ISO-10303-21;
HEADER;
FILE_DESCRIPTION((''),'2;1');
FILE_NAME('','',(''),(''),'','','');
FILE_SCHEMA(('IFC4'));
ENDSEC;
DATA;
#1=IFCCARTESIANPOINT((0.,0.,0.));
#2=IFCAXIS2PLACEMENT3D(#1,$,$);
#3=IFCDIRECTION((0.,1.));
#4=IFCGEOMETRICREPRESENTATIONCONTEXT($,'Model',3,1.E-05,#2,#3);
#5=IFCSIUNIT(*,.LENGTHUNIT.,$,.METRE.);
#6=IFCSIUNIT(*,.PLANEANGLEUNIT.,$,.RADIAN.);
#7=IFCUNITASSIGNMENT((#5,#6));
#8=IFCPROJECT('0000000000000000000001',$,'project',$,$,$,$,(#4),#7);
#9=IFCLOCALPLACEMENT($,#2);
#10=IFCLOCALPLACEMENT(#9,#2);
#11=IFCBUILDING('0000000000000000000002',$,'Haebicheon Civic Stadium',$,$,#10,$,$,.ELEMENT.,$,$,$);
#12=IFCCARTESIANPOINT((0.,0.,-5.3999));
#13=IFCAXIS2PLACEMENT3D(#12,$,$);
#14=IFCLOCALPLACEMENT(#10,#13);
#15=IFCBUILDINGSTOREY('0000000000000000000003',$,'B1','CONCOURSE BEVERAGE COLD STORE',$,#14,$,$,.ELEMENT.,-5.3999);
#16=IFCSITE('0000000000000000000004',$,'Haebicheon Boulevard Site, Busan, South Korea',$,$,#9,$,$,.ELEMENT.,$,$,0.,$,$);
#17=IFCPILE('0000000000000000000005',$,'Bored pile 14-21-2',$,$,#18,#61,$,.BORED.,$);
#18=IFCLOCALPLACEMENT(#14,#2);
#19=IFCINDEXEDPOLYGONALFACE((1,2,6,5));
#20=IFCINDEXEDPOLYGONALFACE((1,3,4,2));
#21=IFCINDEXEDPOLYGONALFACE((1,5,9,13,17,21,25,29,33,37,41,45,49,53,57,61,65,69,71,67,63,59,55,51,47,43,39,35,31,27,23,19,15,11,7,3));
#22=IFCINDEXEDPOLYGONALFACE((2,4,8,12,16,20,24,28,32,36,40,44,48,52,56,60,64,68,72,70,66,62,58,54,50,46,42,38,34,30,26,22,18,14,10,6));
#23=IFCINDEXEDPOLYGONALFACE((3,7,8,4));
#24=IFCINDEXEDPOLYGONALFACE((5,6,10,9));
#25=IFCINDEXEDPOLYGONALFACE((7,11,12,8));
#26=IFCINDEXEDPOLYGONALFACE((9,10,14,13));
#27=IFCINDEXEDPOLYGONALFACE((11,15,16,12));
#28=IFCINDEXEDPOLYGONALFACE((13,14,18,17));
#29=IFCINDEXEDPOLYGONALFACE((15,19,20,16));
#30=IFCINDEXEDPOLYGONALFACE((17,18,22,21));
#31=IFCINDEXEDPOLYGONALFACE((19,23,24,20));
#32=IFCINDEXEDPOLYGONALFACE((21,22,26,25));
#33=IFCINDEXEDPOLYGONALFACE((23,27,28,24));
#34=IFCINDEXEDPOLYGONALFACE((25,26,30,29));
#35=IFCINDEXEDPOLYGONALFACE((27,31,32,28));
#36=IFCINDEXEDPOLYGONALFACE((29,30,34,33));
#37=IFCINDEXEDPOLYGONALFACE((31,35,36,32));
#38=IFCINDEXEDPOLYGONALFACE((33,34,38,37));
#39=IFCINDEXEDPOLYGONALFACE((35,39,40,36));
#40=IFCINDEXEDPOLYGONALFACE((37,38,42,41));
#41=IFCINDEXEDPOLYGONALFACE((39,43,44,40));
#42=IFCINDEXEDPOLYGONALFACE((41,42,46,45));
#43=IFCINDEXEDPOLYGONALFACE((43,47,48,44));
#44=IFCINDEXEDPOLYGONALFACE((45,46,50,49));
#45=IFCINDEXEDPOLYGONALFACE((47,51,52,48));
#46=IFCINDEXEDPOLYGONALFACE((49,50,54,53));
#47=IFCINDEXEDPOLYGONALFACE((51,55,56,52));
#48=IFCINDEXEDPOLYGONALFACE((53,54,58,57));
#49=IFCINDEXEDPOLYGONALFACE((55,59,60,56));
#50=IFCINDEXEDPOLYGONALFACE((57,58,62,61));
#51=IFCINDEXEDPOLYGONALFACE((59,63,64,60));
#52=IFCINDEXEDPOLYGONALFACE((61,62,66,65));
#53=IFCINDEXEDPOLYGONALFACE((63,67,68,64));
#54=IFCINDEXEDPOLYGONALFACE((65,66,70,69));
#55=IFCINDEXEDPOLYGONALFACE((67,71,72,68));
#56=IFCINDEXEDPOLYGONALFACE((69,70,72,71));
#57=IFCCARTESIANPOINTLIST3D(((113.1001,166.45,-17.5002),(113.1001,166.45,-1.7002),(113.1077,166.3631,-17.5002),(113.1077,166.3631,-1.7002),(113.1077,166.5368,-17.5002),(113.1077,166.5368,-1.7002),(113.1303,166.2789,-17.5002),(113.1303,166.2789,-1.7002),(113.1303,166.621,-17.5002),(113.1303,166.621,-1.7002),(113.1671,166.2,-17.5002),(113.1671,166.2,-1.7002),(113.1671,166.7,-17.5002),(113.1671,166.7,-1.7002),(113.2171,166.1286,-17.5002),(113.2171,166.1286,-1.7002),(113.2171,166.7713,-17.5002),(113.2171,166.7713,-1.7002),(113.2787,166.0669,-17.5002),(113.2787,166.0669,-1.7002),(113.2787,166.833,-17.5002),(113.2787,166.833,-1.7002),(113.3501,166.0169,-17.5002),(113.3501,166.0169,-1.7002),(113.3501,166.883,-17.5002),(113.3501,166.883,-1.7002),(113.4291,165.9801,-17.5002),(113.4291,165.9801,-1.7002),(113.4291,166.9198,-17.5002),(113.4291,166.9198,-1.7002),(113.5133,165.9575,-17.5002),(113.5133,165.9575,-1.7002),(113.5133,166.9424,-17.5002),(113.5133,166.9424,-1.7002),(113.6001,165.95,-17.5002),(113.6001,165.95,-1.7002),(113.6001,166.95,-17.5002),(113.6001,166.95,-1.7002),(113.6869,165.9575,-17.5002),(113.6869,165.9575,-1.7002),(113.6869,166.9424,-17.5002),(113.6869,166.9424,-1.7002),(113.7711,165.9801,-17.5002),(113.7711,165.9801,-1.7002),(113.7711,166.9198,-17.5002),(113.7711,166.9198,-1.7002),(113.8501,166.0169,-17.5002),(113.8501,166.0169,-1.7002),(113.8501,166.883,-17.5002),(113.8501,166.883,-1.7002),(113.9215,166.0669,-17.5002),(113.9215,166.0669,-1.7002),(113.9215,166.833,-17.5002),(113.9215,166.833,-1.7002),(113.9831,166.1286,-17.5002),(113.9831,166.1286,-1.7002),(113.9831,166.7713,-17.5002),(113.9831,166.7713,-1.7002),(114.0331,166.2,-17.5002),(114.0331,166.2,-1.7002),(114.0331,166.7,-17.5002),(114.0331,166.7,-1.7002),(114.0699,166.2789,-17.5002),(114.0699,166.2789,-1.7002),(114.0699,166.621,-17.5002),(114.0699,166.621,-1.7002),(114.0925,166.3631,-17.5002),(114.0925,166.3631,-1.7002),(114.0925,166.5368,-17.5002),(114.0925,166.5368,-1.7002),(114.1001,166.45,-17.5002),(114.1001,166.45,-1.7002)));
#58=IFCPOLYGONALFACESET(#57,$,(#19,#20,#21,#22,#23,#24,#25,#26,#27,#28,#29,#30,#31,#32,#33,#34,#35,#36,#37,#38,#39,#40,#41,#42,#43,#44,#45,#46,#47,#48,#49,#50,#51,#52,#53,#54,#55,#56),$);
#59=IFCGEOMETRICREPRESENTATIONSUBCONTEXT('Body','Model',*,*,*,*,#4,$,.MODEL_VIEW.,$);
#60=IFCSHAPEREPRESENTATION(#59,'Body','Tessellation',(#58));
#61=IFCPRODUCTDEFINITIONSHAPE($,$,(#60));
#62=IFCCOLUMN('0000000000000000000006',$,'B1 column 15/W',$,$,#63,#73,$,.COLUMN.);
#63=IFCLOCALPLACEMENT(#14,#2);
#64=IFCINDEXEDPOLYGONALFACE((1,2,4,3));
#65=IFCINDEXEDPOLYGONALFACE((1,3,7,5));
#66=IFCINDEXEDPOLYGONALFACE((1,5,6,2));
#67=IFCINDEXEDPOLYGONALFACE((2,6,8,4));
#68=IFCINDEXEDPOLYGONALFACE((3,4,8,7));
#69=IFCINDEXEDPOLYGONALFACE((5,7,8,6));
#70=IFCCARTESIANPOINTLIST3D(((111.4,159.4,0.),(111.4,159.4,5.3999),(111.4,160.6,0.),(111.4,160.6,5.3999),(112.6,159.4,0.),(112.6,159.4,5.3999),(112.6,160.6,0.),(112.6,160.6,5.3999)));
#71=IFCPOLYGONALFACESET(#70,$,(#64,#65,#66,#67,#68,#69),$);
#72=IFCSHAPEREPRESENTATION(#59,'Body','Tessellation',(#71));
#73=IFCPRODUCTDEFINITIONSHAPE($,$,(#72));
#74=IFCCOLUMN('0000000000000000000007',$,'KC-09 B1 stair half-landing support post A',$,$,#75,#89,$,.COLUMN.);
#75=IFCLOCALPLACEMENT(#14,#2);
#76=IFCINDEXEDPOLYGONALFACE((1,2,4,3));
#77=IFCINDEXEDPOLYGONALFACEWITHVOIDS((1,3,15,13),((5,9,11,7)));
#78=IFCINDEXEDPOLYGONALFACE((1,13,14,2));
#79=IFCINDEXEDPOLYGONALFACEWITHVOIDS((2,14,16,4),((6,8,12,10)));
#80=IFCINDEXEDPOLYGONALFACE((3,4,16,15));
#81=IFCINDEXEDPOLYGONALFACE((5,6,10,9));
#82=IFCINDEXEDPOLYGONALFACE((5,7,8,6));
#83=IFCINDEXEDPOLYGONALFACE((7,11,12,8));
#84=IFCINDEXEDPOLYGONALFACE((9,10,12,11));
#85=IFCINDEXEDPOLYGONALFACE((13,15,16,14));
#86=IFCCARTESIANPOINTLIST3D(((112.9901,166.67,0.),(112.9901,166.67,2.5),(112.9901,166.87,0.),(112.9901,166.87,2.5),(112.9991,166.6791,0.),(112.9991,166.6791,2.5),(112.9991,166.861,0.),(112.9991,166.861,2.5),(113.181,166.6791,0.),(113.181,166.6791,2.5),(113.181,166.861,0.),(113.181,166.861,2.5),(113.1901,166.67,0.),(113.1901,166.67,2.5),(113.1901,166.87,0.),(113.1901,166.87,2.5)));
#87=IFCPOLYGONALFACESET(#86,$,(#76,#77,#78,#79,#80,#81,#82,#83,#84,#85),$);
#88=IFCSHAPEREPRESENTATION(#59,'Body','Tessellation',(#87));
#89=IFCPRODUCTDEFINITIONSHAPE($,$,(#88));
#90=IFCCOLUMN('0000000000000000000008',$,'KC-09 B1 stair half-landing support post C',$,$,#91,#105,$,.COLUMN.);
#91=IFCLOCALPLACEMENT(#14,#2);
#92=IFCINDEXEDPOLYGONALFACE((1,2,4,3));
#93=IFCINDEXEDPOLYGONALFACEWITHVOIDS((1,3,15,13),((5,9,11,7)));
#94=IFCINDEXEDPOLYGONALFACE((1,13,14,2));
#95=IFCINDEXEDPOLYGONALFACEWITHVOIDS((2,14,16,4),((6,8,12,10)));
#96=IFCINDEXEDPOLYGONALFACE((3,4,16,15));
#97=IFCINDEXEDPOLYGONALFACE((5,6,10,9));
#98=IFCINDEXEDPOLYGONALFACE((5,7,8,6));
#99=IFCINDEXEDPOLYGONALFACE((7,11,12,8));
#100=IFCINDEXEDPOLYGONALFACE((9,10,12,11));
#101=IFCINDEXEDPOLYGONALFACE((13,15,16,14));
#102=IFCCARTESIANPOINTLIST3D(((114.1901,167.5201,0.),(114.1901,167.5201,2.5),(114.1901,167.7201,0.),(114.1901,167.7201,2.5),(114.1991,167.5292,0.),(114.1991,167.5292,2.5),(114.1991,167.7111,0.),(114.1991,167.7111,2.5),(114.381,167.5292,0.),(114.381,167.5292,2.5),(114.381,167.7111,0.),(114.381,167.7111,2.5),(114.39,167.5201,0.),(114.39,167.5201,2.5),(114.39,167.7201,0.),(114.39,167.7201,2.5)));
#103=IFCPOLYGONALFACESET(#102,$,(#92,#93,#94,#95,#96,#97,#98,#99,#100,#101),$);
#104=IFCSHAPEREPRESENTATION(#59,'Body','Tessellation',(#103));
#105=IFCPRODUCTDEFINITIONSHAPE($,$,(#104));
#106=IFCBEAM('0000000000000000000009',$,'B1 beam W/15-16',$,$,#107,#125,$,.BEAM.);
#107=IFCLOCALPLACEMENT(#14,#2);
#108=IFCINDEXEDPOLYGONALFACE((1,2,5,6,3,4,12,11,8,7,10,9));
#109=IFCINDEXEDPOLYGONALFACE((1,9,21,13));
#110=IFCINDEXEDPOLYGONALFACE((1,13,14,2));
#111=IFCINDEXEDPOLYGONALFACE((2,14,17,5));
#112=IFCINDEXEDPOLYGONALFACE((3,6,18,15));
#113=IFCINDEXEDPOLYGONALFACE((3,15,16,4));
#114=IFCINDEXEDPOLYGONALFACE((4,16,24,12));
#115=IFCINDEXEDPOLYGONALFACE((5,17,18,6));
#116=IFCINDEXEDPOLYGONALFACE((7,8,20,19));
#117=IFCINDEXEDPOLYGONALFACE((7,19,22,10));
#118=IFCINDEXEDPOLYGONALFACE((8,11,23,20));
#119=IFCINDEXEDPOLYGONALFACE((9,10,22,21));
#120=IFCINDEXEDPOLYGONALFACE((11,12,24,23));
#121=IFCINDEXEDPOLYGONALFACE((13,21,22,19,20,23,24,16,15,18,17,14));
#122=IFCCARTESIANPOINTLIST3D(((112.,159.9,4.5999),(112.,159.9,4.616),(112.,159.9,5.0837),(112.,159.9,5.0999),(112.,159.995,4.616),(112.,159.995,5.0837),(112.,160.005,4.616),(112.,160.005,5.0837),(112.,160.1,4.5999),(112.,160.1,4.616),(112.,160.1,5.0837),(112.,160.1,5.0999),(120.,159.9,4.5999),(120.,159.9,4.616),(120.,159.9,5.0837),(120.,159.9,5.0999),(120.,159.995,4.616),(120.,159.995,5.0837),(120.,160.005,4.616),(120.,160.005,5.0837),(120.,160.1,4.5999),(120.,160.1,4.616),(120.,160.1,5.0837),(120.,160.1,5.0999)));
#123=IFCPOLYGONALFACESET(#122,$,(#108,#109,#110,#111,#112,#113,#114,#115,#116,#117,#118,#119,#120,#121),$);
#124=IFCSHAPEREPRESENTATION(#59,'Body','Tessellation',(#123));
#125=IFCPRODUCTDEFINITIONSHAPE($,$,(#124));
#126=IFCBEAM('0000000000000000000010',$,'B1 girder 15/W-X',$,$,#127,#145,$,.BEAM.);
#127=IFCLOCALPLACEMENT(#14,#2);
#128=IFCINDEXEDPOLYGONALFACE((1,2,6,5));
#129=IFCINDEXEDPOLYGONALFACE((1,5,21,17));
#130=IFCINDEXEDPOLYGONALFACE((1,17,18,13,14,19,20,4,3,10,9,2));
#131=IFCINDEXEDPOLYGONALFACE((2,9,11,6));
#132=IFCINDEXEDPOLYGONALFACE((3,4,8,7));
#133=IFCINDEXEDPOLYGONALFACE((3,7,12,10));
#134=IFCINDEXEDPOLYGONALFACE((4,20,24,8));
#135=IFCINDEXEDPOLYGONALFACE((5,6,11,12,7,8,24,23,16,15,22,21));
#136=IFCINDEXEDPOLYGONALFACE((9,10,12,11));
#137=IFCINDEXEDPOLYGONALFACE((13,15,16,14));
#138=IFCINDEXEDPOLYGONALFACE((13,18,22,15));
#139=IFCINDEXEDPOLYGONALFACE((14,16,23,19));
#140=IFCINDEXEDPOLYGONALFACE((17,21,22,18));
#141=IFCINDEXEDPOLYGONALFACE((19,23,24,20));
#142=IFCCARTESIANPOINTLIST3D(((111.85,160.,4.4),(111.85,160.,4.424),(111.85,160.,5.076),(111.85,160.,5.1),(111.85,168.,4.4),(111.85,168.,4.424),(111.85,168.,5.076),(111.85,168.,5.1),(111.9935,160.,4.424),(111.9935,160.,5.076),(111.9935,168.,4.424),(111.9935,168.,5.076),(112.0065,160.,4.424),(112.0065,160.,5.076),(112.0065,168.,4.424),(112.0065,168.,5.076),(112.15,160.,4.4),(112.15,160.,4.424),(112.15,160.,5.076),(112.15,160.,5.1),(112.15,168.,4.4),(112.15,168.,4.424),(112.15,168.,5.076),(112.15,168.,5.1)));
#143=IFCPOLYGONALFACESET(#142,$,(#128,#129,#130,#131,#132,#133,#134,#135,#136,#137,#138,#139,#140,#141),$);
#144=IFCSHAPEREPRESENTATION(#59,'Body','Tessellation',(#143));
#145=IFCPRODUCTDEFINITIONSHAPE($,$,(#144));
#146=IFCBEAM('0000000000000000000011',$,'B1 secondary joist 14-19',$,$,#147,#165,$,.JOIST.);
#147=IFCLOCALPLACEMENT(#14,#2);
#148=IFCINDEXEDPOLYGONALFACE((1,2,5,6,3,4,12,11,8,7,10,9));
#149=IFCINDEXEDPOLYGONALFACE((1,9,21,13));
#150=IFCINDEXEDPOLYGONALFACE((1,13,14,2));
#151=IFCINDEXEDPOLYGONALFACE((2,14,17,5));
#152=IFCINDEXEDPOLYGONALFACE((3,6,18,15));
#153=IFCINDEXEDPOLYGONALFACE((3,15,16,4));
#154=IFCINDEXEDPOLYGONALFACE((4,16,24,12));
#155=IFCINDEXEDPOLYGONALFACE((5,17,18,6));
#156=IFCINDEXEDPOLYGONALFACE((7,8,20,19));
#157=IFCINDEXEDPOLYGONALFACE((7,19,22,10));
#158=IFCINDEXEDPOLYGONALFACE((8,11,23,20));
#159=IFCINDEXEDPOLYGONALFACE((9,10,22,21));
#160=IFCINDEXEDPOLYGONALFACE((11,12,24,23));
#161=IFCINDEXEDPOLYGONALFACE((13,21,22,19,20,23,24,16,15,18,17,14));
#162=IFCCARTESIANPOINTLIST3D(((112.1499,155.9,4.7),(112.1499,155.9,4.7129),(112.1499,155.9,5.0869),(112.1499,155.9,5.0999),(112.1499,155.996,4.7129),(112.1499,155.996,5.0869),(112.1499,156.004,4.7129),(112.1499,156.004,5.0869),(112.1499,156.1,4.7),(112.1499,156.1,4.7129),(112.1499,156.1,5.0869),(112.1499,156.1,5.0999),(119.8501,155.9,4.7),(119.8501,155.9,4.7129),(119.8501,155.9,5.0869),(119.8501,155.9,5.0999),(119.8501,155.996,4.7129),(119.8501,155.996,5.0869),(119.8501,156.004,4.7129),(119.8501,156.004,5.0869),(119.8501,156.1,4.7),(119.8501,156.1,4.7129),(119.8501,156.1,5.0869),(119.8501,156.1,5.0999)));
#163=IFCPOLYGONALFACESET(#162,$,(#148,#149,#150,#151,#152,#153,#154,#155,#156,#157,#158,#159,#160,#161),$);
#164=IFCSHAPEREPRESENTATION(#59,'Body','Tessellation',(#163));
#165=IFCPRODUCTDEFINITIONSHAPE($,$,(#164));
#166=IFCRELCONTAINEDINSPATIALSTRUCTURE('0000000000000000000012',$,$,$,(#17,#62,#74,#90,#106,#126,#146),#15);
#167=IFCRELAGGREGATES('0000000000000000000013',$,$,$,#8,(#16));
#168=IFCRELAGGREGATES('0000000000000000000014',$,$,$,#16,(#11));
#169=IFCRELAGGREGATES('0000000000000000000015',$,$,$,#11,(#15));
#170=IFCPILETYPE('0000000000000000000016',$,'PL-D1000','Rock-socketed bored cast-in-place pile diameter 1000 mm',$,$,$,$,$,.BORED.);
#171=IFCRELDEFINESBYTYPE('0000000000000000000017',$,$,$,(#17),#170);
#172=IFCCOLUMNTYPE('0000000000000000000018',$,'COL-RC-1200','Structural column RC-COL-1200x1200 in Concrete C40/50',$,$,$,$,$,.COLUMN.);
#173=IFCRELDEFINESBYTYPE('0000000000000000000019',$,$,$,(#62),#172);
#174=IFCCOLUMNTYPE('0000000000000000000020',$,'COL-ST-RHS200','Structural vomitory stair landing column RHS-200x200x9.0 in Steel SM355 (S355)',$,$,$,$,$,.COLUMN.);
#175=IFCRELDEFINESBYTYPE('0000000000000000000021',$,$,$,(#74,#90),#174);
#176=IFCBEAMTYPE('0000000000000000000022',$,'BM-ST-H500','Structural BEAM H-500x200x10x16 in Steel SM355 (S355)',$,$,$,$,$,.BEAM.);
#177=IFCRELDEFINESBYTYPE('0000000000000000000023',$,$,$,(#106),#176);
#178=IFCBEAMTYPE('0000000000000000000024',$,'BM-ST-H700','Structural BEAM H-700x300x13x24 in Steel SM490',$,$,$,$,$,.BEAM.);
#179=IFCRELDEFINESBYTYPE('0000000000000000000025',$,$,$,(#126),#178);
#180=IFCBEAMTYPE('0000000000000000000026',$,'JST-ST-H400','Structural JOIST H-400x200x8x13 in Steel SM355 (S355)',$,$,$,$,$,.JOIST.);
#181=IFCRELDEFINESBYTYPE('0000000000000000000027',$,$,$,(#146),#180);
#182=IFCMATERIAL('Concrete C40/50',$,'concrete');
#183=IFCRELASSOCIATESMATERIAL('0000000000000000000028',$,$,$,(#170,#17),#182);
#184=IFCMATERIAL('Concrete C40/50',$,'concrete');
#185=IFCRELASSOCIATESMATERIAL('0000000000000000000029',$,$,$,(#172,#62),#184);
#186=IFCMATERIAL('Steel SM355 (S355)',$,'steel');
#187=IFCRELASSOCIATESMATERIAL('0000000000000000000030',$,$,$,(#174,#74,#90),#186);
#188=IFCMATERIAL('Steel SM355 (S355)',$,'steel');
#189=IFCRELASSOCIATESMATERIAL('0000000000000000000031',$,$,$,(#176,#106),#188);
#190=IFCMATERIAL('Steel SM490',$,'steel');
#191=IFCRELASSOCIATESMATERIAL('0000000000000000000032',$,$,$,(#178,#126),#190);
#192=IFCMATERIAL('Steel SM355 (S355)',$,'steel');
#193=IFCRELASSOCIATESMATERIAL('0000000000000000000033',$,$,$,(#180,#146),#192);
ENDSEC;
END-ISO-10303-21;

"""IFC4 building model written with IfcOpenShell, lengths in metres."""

from ifc_helpers import new_model, si_unit, direction, frame, origin, origin_2d, place, context, subcontext, project, spatial, rectangle, hollow_rectangle, circle, i_section, extrude, material, material_profile, profile_set, type_object, element, save


model = new_model("IFC4")

# Units and contexts
model_context = context("Model", 3, precision=1e-05, world=origin(), true_north=direction((0.0, 1.0)))
body_context = subcontext(model_context, "Body", "Model", "MODEL_VIEW")
ifc_project = project(units=[si_unit("LENGTHUNIT", "METRE"), si_unit("PLANEANGLEUNIT", "RADIAN")], contexts=[model_context])

# Site, building, storey
site_placement = place(None, origin())
site = spatial("IfcSite", under=ifc_project, at=site_placement, Name="Haebicheon Boulevard Site, Busan, South Korea", CompositionType="ELEMENT", RefElevation=0.0)
building_placement = place(site_placement, origin())
building = spatial("IfcBuilding", under=site, at=building_placement, Name="Haebicheon Civic Stadium", CompositionType="ELEMENT")
storey_placement = place(building_placement, frame((0.0, 0.0, -5.3999)))
storey = spatial("IfcBuildingStorey", under=building, at=storey_placement, Name="B1", Description="CONCOURSE BEVERAGE COLD STORE", CompositionType="ELEMENT", Elevation=-5.3999)

# Pile
ifc_material_1 = material(Name="Concrete C40/50", Category="concrete")
ifc_material_profile_1 = material_profile(ifc_material_1, circle(Radius=0.5, at=origin_2d()), Name="PILE-D1000")
ifc_profile_set_1 = profile_set([ifc_material_profile_1], Name="Concrete C40/50")
pile_type = type_object("IfcPileType", Name="PL-D1000", Description="Rock-socketed bored cast-in-place pile diameter 1000 mm", PredefinedType="BORED", material=ifc_profile_set_1)
for number, where, z_axis, x_axis, name in (
    (1, (113.6001, 166.45, -1.7002), (0.0, 0.0, -1.0), (1.0, 0.0, 0.0), "Bored pile 14-21-2"),
):
    element("IfcPile", number, at=place(storey_placement, frame(where, z_axis=z_axis, x_axis=x_axis)), inside=storey, type_object=pile_type, material=ifc_profile_set_1, Name=name, PredefinedType="BORED", context=body_context, shape_type="SweptSolid", body=[
        extrude(circle(Radius=0.5, at=origin_2d()), origin(), (0.0, 0.0, 1.0), 15.8),
    ])

# Columns
ifc_material_2 = material(Name="Concrete C40/50", Category="concrete")
ifc_material_profile_2 = material_profile(ifc_material_2, rectangle(XDim=1.2, YDim=1.2, at=origin_2d()), Name="RC-COL-1200x1200")
ifc_profile_set_2 = profile_set([ifc_material_profile_2], Name="Concrete C40/50")
column_type_1 = type_object("IfcColumnType", Name="COL-RC-1200", Description="Structural column RC-COL-1200x1200 in Concrete C40/50", PredefinedType="COLUMN", material=ifc_profile_set_2)
column_placement = place(storey_placement, frame((112.0, 160.0, 0.0), z_axis=(0.0, 0.0, 1.0), x_axis=(1.0, 0.0, 0.0)))
element("IfcColumn", 2, at=column_placement, inside=storey, type_object=column_type_1, material=ifc_profile_set_2, Name="B1 column 15/W", PredefinedType="COLUMN", context=body_context, shape_type="SweptSolid", body=[
    extrude(rectangle(XDim=1.2, YDim=1.2, at=origin_2d()), origin(), (0.0, 0.0, 1.0), 5.3999),
])
ifc_material_3 = material(Name="Steel SM355 (S355)", Category="steel")
ifc_material_profile_3 = material_profile(ifc_material_3, hollow_rectangle(XDim=0.2, YDim=0.2, WallThickness=0.009, at=origin_2d()), Name="RHS-200x200x9.0")
ifc_profile_set_3 = profile_set([ifc_material_profile_3], Name="Steel SM355 (S355)")
column_type_2 = type_object("IfcColumnType", Name="COL-ST-RHS200", Description="Structural vomitory stair landing column RHS-200x200x9.0 in Steel SM355 (S355)", PredefinedType="COLUMN", material=ifc_profile_set_3)
for number, where, z_axis, x_axis, name in (
    (3, (113.0901, 166.77, 0.0), (0.0, 0.0, 1.0), (1.0, 0.0, 0.0), "KC-09 B1 stair half-landing support post A"),
    (4, (114.29, 167.6201, 0.0), (0.0, 0.0, 1.0), (1.0, 0.0, 0.0), "KC-09 B1 stair half-landing support post C"),
):
    element("IfcColumn", number, at=place(storey_placement, frame(where, z_axis=z_axis, x_axis=x_axis)), inside=storey, type_object=column_type_2, material=ifc_profile_set_3, Name=name, PredefinedType="COLUMN", context=body_context, shape_type="SweptSolid", body=[
        extrude(hollow_rectangle(XDim=0.2, YDim=0.2, WallThickness=0.009, at=origin_2d()), origin(), (0.0, 0.0, 1.0), 2.5),
    ])

# Beams
ifc_material_4 = material(Name="Steel SM355 (S355)", Category="steel")
ifc_material_profile_4 = material_profile(ifc_material_4, i_section(OverallWidth=0.2, OverallDepth=0.5, WebThickness=0.01, FlangeThickness=0.0161, at=origin_2d()), Name="H-500x200x10x16")
ifc_profile_set_4 = profile_set([ifc_material_profile_4], Name="Steel SM355 (S355)")
beam_type_1 = type_object("IfcBeamType", Name="BM-ST-H500", Description="Structural BEAM H-500x200x10x16 in Steel SM355 (S355)", PredefinedType="BEAM", material=ifc_profile_set_4)
beam_1_placement = place(storey_placement, frame((112.0, 160.0, 4.8499), z_axis=(1.0, 0.0, 0.0), x_axis=(0.0, 1.0, 0.0)))
element("IfcBeam", 5, at=beam_1_placement, inside=storey, type_object=beam_type_1, material=ifc_profile_set_4, Name="B1 beam W/15-16", PredefinedType="BEAM", context=body_context, shape_type="SweptSolid", body=[
    extrude(i_section(OverallWidth=0.2, OverallDepth=0.5, WebThickness=0.01, FlangeThickness=0.0161, at=origin_2d()), origin(), (0.0, 0.0, 1.0), 8.0),
])
ifc_material_5 = material(Name="Steel SM490", Category="steel")
ifc_material_profile_5 = material_profile(ifc_material_5, i_section(OverallWidth=0.3, OverallDepth=0.7, WebThickness=0.0129, FlangeThickness=0.0239, at=origin_2d()), Name="H-700x300x13x24")
ifc_profile_set_5 = profile_set([ifc_material_profile_5], Name="Steel SM490")
beam_type_2 = type_object("IfcBeamType", Name="BM-ST-H700", Description="Structural BEAM H-700x300x13x24 in Steel SM490", PredefinedType="BEAM", material=ifc_profile_set_5)
beam_2_placement = place(storey_placement, frame((112.0, 160.0, 4.75), z_axis=(0.0, 1.0, 0.0), x_axis=(-1.0, 0.0, 0.0)))
element("IfcBeam", 6, at=beam_2_placement, inside=storey, type_object=beam_type_2, material=ifc_profile_set_5, Name="B1 girder 15/W-X", PredefinedType="BEAM", context=body_context, shape_type="SweptSolid", body=[
    extrude(i_section(OverallWidth=0.3, OverallDepth=0.7, WebThickness=0.0129, FlangeThickness=0.0239, at=origin_2d()), origin(), (0.0, 0.0, 1.0), 8.0),
])
ifc_material_6 = material(Name="Steel SM355 (S355)", Category="steel")
ifc_material_profile_6 = material_profile(ifc_material_6, i_section(OverallWidth=0.2, OverallDepth=0.3999, WebThickness=0.0081, FlangeThickness=0.0129, at=origin_2d()), Name="H-400x200x8x13")
ifc_profile_set_6 = profile_set([ifc_material_profile_6], Name="Steel SM355 (S355)")
beam_type_3 = type_object("IfcBeamType", Name="JST-ST-H400", Description="Structural JOIST H-400x200x8x13 in Steel SM355 (S355)", PredefinedType="JOIST", material=ifc_profile_set_6)
beam_3_placement = place(storey_placement, frame((112.1499, 156.0, 4.8999), z_axis=(1.0, 0.0, 0.0), x_axis=(0.0, 1.0, 0.0)))
element("IfcBeam", 7, at=beam_3_placement, inside=storey, type_object=beam_type_3, material=ifc_profile_set_6, Name="B1 secondary joist 14-19", PredefinedType="JOIST", context=body_context, shape_type="SweptSolid", body=[
    extrude(i_section(OverallWidth=0.2, OverallDepth=0.3999, WebThickness=0.0081, FlangeThickness=0.0129, at=origin_2d()), origin(), (0.0, 0.0, 1.0), 7.7002),
])

save(model, "model.ifc")
